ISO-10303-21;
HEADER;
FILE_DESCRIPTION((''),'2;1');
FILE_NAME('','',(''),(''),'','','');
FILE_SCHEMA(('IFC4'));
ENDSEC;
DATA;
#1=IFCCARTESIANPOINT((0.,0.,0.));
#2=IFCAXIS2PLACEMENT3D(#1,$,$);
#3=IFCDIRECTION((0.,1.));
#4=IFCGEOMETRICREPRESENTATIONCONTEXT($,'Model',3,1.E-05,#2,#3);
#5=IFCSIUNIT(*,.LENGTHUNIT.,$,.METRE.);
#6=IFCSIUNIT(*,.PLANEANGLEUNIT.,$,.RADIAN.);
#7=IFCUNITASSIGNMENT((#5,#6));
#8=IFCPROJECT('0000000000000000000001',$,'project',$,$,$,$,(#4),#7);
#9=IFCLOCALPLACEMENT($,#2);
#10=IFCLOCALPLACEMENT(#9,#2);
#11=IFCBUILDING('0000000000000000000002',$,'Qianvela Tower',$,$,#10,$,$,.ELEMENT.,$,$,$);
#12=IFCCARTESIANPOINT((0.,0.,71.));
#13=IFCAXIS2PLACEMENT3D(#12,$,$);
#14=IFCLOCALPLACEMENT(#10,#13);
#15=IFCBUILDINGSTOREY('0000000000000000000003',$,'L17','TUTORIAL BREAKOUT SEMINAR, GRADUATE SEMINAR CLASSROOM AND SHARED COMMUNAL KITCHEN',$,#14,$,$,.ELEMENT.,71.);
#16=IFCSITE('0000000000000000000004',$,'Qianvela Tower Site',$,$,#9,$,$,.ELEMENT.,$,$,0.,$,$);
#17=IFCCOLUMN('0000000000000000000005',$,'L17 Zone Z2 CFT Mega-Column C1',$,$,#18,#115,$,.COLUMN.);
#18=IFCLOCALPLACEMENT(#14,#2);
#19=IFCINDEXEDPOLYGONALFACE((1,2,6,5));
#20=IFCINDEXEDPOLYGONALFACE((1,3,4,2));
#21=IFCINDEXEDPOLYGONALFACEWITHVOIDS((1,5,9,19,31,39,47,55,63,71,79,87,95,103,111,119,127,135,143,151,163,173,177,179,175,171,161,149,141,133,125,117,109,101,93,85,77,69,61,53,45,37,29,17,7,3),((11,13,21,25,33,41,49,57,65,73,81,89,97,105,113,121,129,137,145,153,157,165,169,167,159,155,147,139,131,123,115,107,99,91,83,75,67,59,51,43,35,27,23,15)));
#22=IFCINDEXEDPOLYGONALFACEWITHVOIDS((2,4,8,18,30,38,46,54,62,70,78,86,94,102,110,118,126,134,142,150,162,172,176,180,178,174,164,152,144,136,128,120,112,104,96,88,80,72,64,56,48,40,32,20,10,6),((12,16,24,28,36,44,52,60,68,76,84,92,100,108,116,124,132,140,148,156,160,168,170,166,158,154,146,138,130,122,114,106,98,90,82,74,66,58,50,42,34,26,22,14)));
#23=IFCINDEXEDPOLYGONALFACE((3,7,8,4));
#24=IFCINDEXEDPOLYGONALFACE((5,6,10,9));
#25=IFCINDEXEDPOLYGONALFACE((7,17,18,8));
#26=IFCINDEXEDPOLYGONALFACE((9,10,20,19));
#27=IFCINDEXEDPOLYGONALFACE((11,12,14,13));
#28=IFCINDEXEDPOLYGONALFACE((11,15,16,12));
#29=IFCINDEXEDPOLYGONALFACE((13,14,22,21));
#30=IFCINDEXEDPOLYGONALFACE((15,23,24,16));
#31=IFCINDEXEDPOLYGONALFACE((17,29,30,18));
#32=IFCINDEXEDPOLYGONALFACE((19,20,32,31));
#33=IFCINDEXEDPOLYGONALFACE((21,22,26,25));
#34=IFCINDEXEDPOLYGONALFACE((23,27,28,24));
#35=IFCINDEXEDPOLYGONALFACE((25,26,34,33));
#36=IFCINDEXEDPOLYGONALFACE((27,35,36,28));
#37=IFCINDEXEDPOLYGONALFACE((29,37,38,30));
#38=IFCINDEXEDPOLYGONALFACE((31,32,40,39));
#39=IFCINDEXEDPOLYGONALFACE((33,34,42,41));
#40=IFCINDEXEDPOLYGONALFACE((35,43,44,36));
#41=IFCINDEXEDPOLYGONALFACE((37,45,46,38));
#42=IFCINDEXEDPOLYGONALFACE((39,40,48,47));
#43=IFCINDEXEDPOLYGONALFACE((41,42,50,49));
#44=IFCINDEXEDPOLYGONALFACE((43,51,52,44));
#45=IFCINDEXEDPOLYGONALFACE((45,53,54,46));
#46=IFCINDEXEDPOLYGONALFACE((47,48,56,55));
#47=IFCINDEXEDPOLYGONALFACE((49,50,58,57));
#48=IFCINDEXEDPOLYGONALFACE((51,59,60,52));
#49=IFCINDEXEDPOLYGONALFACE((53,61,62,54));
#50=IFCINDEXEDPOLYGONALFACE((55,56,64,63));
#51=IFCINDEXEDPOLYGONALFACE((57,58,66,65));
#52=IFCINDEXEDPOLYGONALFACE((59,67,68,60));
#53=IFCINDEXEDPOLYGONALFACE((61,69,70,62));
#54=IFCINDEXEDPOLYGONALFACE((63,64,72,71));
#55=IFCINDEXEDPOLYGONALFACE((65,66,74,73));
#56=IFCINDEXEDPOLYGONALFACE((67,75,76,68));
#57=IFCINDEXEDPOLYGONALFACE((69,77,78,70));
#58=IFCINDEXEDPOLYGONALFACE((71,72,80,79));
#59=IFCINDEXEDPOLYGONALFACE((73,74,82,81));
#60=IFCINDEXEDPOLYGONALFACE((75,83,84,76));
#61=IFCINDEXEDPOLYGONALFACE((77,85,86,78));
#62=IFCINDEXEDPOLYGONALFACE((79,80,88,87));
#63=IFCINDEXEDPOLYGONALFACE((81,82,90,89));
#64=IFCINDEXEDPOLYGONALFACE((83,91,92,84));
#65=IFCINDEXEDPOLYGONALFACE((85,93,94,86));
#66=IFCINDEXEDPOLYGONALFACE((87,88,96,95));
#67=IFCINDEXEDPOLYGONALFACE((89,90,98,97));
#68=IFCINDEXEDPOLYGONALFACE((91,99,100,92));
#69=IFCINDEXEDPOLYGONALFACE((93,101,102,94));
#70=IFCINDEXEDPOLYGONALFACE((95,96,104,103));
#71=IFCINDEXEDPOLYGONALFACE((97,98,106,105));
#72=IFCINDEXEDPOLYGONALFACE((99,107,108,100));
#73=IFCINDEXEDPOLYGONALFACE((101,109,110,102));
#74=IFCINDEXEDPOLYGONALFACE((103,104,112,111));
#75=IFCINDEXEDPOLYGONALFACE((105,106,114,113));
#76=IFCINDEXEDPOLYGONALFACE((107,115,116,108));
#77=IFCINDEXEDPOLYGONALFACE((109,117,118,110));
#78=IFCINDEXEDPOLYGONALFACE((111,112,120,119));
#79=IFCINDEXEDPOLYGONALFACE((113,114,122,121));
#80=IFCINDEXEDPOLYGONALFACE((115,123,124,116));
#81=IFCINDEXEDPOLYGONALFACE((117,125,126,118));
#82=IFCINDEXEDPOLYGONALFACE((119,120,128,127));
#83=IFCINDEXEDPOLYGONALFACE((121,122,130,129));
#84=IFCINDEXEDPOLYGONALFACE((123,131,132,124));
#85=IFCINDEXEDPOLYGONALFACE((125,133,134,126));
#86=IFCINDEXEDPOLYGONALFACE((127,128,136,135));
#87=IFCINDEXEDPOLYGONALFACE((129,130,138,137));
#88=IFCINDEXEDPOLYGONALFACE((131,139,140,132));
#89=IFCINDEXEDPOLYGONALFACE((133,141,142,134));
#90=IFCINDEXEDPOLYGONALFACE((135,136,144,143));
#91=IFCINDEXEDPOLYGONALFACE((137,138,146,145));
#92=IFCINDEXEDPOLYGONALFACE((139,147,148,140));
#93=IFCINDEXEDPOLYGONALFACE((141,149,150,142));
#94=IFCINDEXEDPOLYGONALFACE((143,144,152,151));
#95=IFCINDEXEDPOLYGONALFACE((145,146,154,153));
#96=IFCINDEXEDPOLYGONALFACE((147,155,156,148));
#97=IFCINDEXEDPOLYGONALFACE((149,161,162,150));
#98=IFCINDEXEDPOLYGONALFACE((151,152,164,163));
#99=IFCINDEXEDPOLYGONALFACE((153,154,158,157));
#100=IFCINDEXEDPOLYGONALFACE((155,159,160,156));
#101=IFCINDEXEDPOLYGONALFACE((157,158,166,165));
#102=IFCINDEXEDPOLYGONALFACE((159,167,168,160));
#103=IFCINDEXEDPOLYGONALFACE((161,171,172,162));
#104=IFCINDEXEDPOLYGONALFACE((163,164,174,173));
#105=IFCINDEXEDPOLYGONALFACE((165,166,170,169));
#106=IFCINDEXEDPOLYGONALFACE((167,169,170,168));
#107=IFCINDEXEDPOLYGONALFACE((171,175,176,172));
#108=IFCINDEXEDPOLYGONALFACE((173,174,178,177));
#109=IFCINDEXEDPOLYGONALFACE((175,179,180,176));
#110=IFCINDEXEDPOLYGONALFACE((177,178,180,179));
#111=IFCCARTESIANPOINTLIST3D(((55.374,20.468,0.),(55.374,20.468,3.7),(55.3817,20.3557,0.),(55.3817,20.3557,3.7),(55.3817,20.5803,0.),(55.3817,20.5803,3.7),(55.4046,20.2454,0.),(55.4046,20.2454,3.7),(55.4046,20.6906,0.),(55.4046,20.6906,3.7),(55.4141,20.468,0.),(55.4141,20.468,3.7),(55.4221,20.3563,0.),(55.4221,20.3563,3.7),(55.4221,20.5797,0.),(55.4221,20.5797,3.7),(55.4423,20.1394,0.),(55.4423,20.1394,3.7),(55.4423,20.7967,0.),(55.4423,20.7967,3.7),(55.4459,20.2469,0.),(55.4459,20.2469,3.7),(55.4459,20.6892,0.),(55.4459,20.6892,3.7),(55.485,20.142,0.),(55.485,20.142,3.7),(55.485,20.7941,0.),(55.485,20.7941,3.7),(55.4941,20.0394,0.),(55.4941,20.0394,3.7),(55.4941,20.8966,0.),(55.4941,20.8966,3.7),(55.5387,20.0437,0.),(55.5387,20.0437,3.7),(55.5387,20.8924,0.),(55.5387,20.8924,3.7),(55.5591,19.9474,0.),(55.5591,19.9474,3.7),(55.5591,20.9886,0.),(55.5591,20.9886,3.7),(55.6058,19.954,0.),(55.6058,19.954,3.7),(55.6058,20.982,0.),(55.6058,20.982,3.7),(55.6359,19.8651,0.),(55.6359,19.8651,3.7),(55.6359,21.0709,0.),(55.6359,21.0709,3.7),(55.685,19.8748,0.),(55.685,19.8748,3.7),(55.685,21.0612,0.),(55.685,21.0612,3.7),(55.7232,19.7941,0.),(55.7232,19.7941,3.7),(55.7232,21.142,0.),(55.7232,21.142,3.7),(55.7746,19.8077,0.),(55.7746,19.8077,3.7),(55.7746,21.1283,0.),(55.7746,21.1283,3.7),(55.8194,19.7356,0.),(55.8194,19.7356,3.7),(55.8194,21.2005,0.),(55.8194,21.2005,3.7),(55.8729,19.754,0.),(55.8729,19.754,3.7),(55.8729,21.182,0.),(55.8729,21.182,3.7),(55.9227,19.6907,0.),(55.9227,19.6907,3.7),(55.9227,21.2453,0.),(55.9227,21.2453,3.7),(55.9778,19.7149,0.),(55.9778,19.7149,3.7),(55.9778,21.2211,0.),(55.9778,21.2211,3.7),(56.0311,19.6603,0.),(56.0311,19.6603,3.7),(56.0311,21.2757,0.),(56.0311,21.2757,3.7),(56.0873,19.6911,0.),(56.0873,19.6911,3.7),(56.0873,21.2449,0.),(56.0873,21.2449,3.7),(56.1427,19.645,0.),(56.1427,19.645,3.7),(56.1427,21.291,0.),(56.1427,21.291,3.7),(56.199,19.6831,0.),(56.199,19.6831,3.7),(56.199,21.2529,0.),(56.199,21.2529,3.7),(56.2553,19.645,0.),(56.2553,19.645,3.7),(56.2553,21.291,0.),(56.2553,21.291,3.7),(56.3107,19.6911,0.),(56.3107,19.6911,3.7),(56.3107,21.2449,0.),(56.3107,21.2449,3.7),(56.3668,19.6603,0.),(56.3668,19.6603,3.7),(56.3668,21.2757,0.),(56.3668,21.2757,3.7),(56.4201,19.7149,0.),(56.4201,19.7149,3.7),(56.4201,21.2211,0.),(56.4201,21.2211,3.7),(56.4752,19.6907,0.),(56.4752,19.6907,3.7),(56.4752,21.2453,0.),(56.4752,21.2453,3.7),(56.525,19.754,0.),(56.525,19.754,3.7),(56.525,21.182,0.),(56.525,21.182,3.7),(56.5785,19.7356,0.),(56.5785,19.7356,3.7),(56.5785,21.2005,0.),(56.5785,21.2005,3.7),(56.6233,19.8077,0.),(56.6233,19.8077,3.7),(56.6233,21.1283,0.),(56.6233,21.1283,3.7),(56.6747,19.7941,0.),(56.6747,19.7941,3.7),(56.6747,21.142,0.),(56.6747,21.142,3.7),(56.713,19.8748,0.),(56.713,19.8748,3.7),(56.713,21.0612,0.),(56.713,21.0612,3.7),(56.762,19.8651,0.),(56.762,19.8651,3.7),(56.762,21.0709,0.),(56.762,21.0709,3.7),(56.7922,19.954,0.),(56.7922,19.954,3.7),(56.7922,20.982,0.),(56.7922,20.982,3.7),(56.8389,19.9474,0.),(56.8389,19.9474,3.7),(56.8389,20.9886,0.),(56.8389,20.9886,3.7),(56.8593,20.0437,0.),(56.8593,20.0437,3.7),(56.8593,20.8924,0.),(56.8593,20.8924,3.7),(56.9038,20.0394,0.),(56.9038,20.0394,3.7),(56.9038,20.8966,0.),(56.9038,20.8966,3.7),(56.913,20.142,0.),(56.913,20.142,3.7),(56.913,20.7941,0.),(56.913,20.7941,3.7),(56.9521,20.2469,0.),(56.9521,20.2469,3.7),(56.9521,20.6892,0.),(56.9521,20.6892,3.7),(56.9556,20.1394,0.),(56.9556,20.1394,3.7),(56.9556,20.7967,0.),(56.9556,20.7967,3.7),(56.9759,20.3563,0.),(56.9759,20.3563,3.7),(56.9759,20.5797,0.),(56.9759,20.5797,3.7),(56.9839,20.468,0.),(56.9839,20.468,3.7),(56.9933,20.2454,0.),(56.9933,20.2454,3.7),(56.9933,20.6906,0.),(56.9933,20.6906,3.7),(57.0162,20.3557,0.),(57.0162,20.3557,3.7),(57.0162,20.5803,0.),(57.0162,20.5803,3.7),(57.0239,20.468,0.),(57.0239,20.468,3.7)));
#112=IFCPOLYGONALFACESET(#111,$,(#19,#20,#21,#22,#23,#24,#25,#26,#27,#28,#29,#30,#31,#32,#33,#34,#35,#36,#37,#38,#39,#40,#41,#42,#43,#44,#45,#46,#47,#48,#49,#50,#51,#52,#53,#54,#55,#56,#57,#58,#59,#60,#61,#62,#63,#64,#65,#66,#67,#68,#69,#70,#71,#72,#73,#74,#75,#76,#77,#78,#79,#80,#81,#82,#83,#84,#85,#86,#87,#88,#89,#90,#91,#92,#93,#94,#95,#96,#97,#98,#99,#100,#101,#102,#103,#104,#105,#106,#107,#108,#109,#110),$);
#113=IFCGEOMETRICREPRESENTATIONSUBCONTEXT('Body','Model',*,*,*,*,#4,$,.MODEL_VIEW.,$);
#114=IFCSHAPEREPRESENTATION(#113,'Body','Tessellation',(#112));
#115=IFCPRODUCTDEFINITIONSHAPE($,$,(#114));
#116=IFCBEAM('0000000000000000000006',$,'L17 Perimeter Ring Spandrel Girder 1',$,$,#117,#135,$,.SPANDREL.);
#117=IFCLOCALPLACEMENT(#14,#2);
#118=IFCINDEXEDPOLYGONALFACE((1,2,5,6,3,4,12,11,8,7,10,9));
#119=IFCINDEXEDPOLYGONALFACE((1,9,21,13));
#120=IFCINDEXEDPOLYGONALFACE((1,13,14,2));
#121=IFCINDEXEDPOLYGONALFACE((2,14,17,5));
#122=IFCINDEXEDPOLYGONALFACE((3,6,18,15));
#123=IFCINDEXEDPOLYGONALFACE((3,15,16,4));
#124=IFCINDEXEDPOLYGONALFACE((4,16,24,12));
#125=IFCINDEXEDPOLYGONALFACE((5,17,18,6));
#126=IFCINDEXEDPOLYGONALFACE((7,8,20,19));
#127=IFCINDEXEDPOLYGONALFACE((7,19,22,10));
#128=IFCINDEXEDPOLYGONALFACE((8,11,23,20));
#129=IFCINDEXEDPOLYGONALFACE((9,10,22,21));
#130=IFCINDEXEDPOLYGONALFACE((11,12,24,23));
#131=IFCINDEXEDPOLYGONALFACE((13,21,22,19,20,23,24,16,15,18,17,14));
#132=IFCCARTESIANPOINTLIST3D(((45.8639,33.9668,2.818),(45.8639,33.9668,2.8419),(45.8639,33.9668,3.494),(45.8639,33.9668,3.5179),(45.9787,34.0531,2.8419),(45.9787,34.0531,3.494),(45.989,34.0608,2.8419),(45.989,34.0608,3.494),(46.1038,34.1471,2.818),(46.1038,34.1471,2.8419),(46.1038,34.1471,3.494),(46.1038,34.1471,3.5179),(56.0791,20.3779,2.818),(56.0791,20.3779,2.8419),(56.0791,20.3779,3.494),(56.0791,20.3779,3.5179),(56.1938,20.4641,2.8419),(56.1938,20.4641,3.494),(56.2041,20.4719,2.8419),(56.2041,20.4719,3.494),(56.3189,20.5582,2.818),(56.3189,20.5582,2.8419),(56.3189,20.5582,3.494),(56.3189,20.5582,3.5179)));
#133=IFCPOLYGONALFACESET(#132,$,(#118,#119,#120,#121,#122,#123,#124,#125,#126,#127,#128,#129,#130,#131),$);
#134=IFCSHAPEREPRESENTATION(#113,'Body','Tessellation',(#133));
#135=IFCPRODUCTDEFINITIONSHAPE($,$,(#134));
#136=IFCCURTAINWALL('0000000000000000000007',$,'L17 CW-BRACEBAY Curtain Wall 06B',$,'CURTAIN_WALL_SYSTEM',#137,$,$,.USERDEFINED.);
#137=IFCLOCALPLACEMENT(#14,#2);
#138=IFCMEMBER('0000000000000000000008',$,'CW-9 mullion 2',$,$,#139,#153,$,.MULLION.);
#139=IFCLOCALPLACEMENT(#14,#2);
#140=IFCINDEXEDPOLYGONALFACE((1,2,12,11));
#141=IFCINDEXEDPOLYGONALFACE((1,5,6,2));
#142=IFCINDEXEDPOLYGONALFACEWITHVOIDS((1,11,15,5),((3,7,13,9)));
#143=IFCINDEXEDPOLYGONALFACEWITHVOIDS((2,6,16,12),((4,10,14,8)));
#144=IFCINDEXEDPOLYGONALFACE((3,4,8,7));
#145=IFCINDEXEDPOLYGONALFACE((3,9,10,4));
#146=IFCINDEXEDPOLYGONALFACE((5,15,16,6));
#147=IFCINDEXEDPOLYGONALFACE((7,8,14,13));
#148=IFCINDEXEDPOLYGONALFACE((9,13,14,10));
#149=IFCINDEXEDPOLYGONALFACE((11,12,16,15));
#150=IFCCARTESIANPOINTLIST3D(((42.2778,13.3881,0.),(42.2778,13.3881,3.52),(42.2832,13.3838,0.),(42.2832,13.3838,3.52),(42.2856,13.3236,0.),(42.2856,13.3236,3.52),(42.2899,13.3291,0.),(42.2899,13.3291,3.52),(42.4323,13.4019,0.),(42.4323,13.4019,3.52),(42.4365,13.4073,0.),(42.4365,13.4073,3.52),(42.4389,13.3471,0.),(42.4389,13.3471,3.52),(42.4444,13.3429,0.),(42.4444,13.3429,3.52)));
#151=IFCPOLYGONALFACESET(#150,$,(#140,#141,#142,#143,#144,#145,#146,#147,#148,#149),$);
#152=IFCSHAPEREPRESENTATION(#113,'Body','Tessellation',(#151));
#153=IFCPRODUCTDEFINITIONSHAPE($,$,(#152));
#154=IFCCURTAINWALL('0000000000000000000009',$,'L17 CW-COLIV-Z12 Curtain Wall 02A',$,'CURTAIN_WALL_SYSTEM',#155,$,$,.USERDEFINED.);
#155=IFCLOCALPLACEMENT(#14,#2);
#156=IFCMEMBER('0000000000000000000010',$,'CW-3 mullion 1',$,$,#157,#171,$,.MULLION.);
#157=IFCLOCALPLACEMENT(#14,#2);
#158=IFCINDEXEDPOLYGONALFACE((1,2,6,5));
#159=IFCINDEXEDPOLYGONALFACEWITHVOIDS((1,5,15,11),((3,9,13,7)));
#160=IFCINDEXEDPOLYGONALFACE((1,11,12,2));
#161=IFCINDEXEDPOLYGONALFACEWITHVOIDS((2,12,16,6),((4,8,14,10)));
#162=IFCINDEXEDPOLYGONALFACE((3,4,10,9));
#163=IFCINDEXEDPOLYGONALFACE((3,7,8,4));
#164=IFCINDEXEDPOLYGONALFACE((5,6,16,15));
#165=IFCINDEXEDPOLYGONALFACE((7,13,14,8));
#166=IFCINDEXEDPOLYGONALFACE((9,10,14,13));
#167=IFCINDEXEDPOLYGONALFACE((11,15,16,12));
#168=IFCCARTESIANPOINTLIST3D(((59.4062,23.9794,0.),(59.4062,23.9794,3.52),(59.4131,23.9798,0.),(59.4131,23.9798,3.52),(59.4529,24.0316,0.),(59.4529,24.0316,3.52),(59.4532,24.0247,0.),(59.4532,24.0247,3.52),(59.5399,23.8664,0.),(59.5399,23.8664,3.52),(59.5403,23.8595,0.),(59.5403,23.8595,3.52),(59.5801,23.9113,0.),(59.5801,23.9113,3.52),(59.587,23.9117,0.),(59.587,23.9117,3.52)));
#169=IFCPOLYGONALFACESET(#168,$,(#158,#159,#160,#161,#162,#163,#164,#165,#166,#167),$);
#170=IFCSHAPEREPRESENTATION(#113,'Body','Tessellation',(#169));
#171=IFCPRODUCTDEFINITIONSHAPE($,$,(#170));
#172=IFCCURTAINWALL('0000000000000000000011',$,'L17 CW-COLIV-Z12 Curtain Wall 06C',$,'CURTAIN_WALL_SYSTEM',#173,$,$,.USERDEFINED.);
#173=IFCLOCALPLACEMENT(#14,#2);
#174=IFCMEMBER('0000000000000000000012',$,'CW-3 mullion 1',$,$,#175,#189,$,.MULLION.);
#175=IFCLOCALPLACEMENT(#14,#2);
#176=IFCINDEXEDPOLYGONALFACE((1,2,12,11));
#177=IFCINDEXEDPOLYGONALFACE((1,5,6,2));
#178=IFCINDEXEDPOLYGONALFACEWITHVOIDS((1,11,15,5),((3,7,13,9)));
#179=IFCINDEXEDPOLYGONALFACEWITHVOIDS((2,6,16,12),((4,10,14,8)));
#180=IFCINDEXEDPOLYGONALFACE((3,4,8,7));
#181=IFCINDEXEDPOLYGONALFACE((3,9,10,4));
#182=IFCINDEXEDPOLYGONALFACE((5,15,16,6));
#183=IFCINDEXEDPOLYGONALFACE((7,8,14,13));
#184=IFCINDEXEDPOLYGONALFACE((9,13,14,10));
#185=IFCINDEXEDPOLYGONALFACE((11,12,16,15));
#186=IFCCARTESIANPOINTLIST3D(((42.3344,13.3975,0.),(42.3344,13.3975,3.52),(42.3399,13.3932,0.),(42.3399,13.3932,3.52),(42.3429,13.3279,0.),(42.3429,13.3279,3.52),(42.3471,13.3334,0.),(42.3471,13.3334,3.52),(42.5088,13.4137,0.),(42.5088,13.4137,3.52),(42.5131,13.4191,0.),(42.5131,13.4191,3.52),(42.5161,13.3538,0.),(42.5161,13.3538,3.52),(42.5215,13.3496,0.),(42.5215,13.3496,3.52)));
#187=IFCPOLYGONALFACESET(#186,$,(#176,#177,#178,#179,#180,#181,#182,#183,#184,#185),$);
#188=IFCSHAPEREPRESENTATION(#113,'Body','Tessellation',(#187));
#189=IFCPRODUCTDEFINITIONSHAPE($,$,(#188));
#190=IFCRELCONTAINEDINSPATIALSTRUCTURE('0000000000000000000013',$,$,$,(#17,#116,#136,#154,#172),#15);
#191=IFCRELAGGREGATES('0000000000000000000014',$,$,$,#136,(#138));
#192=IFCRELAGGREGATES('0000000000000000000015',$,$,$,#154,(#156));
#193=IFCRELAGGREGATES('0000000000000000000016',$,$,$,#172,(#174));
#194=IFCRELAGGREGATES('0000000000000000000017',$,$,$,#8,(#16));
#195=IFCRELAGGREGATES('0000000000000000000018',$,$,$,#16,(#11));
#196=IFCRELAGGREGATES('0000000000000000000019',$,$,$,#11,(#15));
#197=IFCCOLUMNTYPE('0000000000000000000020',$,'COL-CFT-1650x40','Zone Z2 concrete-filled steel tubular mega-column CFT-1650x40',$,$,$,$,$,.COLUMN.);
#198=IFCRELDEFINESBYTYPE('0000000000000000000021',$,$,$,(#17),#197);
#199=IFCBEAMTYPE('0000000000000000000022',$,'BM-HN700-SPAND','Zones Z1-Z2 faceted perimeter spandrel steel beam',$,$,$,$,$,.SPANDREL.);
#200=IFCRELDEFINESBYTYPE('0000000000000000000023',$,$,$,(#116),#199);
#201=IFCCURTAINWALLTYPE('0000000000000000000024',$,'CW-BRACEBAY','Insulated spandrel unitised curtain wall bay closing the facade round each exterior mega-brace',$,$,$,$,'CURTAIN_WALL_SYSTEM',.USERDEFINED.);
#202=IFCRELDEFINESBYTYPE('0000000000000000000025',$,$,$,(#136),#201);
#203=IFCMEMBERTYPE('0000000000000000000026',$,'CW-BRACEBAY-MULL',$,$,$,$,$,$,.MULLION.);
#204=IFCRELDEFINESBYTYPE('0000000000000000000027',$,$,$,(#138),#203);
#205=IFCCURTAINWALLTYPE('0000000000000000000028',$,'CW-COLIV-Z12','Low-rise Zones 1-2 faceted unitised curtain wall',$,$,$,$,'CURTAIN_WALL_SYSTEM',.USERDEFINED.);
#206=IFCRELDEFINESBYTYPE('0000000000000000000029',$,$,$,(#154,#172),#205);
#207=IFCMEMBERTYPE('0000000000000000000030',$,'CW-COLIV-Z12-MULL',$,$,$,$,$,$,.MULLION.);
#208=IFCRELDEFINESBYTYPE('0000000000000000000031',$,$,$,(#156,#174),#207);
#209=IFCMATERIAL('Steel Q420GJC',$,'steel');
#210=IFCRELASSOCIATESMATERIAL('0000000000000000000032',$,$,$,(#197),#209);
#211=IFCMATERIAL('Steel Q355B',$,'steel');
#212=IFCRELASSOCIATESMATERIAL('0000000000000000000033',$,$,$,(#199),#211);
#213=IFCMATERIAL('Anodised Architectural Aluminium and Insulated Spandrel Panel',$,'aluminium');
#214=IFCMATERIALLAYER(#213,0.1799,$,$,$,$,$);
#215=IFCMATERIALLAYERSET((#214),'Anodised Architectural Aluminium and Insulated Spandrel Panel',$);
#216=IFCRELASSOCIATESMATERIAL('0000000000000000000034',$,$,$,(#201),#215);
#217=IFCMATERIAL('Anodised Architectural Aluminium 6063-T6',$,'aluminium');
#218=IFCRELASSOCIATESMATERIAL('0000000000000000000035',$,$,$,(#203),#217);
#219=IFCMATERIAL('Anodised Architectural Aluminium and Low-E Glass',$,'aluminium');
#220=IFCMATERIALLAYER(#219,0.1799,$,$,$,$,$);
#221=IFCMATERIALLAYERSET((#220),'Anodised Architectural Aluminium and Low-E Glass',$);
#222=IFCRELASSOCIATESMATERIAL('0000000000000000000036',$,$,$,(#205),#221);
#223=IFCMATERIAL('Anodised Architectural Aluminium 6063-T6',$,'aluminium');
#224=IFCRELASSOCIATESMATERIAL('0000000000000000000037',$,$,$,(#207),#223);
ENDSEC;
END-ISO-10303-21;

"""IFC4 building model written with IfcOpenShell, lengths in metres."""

from ifc_helpers import new_model, si_unit, direction, frame, origin, origin_2d, place, context, subcontext, project, spatial, hollow_rectangle, hollow_circle, i_section, extrude, material, layer, layer_set, material_profile, profile_set, type_object, element, aggregate, save


model = new_model("IFC4")

# Units and contexts
model_context = context("Model", 3, precision=1e-05, world=origin(), true_north=direction((0.0, 1.0)))
body_context = subcontext(model_context, "Body", "Model", "MODEL_VIEW")
ifc_project = project(units=[si_unit("LENGTHUNIT", "METRE"), si_unit("PLANEANGLEUNIT", "RADIAN")], contexts=[model_context])

# Site, building, storey
site_placement = place(None, origin())
site = spatial("IfcSite", under=ifc_project, at=site_placement, Name="Qianvela Tower Site", CompositionType="ELEMENT", RefElevation=0.0)
building_placement = place(site_placement, origin())
building = spatial("IfcBuilding", under=site, at=building_placement, Name="Qianvela Tower", CompositionType="ELEMENT")
storey_placement = place(building_placement, frame((0.0, 0.0, 71.0)))
storey = spatial("IfcBuildingStorey", under=building, at=storey_placement, Name="L17", Description="TUTORIAL BREAKOUT SEMINAR, GRADUATE SEMINAR CLASSROOM AND SHARED COMMUNAL KITCHEN", CompositionType="ELEMENT", Elevation=71.0)

# Column
ifc_material_1 = material(Name="Steel Q420GJC", Category="steel")
ifc_material_profile_1 = material_profile(ifc_material_1, hollow_circle(Radius=0.825, WallThickness=0.04, at=origin_2d()), Name="CFT-1650x40")
ifc_profile_set_1 = profile_set([ifc_material_profile_1], Name="Steel Q420GJC")
column_type = type_object("IfcColumnType", Name="COL-CFT-1650x40", Description="Zone Z2 concrete-filled steel tubular mega-column CFT-1650x40", PredefinedType="COLUMN", material=ifc_profile_set_1)
column_placement = place(storey_placement, frame((56.199, 20.468, 0.0), z_axis=(0.0, 0.0, 1.0), x_axis=(1.0, 0.0, 0.0)))
element("IfcColumn", 1, at=column_placement, inside=storey, type_object=column_type, Name="L17 Zone Z2 CFT Mega-Column C1", PredefinedType="COLUMN", context=body_context, shape_type="SweptSolid", body=[
    extrude(hollow_circle(Radius=0.825, WallThickness=0.04, at=origin_2d()), origin(), (0.0, 0.0, 1.0), 3.7),
])

# Beam
ifc_material_2 = material(Name="Steel Q355B", Category="steel")
ifc_material_profile_2 = material_profile(ifc_material_2, i_section(OverallWidth=0.3, OverallDepth=0.7, WebThickness=0.0129, FlangeThickness=0.0239, at=origin_2d()), Name="HN700x300x13x24")
ifc_profile_set_2 = profile_set([ifc_material_profile_2], Name="Steel Q355B")
beam_type = type_object("IfcBeamType", Name="BM-HN700-SPAND", Description="Zones Z1-Z2 faceted perimeter spandrel steel beam", PredefinedType="SPANDREL", material=ifc_profile_set_2)
beam_placement = place(storey_placement, frame((56.199, 20.468, 3.168), z_axis=(-0.600882, 0.799338, 0.0), x_axis=(-0.799338, -0.600882, 0.0)))
element("IfcBeam", 2, at=beam_placement, inside=storey, type_object=beam_type, Name="L17 Perimeter Ring Spandrel Girder 1", PredefinedType="SPANDREL", context=body_context, shape_type="SweptSolid", body=[
    extrude(i_section(OverallWidth=0.3, OverallDepth=0.7, WebThickness=0.0129, FlangeThickness=0.0239, at=origin_2d()), origin(), (0.0, 0.0, 1.0), 17.0002),
])

# Curtain walls, members
ifc_material_3 = material(Name="Anodised Architectural Aluminium and Insulated Spandrel Panel", Category="aluminium")
ifc_layer_1 = layer(ifc_material_3, 0.1799)
ifc_layer_set_1 = layer_set([ifc_layer_1], Name="Anodised Architectural Aluminium and Insulated Spandrel Panel")
curtain_wall_type_1 = type_object("IfcCurtainWallType", Name="CW-BRACEBAY", Description="Insulated spandrel unitised curtain wall bay closing the facade round each exterior mega-brace", ElementType="CURTAIN_WALL_SYSTEM", PredefinedType="USERDEFINED", material=ifc_layer_set_1)
curtain_wall_1_placement = place(storey_placement, origin())
curtain_wall_1 = element("IfcCurtainWall", 3, at=curtain_wall_1_placement, inside=storey, type_object=curtain_wall_type_1, Name="L17 CW-BRACEBAY Curtain Wall 06B", ObjectType="CURTAIN_WALL_SYSTEM", PredefinedType="USERDEFINED")
ifc_material_4 = material(Name="Anodised Architectural Aluminium 6063-T6", Category="aluminium")
ifc_material_profile_3 = material_profile(ifc_material_4, hollow_rectangle(XDim=0.0649, YDim=0.1599, WallThickness=0.0049, at=origin_2d()), Name="ALU-MULL-65x160")
ifc_profile_set_3 = profile_set([ifc_material_profile_3], Name="Anodised Architectural Aluminium 6063-T6")
member_type_1 = type_object("IfcMemberType", Name="CW-BRACEBAY-MULL", PredefinedType="MULLION", material=ifc_profile_set_3)
member_1_placement = place(storey_placement, frame((42.3611, 13.3655, 0.0), z_axis=(0.0, 0.0, 1.0), x_axis=(-0.120382, 0.992728, 0.0)))
member_1 = element("IfcMember", 4, at=member_1_placement, type_object=member_type_1, Name="CW-9 mullion 2", PredefinedType="MULLION", context=body_context, shape_type="SweptSolid", body=[
    extrude(hollow_rectangle(XDim=0.0649, YDim=0.1599, WallThickness=0.0049, at=origin_2d()), origin(), (0.0, 0.0, 1.0), 3.52),
])
aggregate(curtain_wall_1, [member_1])
ifc_material_5 = material(Name="Anodised Architectural Aluminium and Low-E Glass", Category="aluminium")
ifc_layer_2 = layer(ifc_material_5, 0.1799)
ifc_layer_set_2 = layer_set([ifc_layer_2], Name="Anodised Architectural Aluminium and Low-E Glass")
curtain_wall_type_2 = type_object("IfcCurtainWallType", Name="CW-COLIV-Z12", Description="Low-rise Zones 1-2 faceted unitised curtain wall", ElementType="CURTAIN_WALL_SYSTEM", PredefinedType="USERDEFINED", material=ifc_layer_set_2)
curtain_wall_2_placement = place(storey_placement, origin())
curtain_wall_2 = element("IfcCurtainWall", 5, at=curtain_wall_2_placement, inside=storey, type_object=curtain_wall_type_2, Name="L17 CW-COLIV-Z12 Curtain Wall 02A", ObjectType="CURTAIN_WALL_SYSTEM", PredefinedType="USERDEFINED")
ifc_material_6 = material(Name="Anodised Architectural Aluminium 6063-T6", Category="aluminium")
ifc_material_profile_4 = material_profile(ifc_material_6, hollow_rectangle(XDim=0.0701, YDim=0.1799, WallThickness=0.0049, at=origin_2d()), Name="ALU-MULL-70x180")
ifc_profile_set_4 = profile_set([ifc_material_profile_4], Name="Anodised Architectural Aluminium 6063-T6")
member_type_2 = type_object("IfcMemberType", Name="CW-COLIV-Z12-MULL", PredefinedType="MULLION", material=ifc_profile_set_4)
member_2_placement = place(storey_placement, frame((59.4966, 23.9456, 0.0), z_axis=(0.0, 0.0, 1.0), x_axis=(-0.666444, -0.745555, 0.0)))
member_2 = element("IfcMember", 6, at=member_2_placement, type_object=member_type_2, Name="CW-3 mullion 1", PredefinedType="MULLION", context=body_context, shape_type="SweptSolid", body=[
    extrude(hollow_rectangle(XDim=0.0701, YDim=0.1799, WallThickness=0.0049, at=origin_2d()), origin(), (0.0, 0.0, 1.0), 3.52),
])

# Curtain wall, member
curtain_wall_3_placement = place(storey_placement, origin())
curtain_wall_3 = element("IfcCurtainWall", 7, at=curtain_wall_3_placement, inside=storey, type_object=curtain_wall_type_2, Name="L17 CW-COLIV-Z12 Curtain Wall 06C", ObjectType="CURTAIN_WALL_SYSTEM", PredefinedType="USERDEFINED")
member_3_placement = place(storey_placement, frame((42.428, 13.3735, 0.0), z_axis=(0.0, 0.0, 1.0), x_axis=(-0.12036, 0.99273, 0.0)))
member_3 = element("IfcMember", 8, at=member_3_placement, type_object=member_type_2, Name="CW-3 mullion 1", PredefinedType="MULLION", context=body_context, shape_type="SweptSolid", body=[
    extrude(hollow_rectangle(XDim=0.0701, YDim=0.1799, WallThickness=0.0049, at=origin_2d()), origin(), (0.0, 0.0, 1.0), 3.52),
])

aggregate(curtain_wall_2, [member_2])
aggregate(curtain_wall_3, [member_3])

save(model, "model.ifc")
